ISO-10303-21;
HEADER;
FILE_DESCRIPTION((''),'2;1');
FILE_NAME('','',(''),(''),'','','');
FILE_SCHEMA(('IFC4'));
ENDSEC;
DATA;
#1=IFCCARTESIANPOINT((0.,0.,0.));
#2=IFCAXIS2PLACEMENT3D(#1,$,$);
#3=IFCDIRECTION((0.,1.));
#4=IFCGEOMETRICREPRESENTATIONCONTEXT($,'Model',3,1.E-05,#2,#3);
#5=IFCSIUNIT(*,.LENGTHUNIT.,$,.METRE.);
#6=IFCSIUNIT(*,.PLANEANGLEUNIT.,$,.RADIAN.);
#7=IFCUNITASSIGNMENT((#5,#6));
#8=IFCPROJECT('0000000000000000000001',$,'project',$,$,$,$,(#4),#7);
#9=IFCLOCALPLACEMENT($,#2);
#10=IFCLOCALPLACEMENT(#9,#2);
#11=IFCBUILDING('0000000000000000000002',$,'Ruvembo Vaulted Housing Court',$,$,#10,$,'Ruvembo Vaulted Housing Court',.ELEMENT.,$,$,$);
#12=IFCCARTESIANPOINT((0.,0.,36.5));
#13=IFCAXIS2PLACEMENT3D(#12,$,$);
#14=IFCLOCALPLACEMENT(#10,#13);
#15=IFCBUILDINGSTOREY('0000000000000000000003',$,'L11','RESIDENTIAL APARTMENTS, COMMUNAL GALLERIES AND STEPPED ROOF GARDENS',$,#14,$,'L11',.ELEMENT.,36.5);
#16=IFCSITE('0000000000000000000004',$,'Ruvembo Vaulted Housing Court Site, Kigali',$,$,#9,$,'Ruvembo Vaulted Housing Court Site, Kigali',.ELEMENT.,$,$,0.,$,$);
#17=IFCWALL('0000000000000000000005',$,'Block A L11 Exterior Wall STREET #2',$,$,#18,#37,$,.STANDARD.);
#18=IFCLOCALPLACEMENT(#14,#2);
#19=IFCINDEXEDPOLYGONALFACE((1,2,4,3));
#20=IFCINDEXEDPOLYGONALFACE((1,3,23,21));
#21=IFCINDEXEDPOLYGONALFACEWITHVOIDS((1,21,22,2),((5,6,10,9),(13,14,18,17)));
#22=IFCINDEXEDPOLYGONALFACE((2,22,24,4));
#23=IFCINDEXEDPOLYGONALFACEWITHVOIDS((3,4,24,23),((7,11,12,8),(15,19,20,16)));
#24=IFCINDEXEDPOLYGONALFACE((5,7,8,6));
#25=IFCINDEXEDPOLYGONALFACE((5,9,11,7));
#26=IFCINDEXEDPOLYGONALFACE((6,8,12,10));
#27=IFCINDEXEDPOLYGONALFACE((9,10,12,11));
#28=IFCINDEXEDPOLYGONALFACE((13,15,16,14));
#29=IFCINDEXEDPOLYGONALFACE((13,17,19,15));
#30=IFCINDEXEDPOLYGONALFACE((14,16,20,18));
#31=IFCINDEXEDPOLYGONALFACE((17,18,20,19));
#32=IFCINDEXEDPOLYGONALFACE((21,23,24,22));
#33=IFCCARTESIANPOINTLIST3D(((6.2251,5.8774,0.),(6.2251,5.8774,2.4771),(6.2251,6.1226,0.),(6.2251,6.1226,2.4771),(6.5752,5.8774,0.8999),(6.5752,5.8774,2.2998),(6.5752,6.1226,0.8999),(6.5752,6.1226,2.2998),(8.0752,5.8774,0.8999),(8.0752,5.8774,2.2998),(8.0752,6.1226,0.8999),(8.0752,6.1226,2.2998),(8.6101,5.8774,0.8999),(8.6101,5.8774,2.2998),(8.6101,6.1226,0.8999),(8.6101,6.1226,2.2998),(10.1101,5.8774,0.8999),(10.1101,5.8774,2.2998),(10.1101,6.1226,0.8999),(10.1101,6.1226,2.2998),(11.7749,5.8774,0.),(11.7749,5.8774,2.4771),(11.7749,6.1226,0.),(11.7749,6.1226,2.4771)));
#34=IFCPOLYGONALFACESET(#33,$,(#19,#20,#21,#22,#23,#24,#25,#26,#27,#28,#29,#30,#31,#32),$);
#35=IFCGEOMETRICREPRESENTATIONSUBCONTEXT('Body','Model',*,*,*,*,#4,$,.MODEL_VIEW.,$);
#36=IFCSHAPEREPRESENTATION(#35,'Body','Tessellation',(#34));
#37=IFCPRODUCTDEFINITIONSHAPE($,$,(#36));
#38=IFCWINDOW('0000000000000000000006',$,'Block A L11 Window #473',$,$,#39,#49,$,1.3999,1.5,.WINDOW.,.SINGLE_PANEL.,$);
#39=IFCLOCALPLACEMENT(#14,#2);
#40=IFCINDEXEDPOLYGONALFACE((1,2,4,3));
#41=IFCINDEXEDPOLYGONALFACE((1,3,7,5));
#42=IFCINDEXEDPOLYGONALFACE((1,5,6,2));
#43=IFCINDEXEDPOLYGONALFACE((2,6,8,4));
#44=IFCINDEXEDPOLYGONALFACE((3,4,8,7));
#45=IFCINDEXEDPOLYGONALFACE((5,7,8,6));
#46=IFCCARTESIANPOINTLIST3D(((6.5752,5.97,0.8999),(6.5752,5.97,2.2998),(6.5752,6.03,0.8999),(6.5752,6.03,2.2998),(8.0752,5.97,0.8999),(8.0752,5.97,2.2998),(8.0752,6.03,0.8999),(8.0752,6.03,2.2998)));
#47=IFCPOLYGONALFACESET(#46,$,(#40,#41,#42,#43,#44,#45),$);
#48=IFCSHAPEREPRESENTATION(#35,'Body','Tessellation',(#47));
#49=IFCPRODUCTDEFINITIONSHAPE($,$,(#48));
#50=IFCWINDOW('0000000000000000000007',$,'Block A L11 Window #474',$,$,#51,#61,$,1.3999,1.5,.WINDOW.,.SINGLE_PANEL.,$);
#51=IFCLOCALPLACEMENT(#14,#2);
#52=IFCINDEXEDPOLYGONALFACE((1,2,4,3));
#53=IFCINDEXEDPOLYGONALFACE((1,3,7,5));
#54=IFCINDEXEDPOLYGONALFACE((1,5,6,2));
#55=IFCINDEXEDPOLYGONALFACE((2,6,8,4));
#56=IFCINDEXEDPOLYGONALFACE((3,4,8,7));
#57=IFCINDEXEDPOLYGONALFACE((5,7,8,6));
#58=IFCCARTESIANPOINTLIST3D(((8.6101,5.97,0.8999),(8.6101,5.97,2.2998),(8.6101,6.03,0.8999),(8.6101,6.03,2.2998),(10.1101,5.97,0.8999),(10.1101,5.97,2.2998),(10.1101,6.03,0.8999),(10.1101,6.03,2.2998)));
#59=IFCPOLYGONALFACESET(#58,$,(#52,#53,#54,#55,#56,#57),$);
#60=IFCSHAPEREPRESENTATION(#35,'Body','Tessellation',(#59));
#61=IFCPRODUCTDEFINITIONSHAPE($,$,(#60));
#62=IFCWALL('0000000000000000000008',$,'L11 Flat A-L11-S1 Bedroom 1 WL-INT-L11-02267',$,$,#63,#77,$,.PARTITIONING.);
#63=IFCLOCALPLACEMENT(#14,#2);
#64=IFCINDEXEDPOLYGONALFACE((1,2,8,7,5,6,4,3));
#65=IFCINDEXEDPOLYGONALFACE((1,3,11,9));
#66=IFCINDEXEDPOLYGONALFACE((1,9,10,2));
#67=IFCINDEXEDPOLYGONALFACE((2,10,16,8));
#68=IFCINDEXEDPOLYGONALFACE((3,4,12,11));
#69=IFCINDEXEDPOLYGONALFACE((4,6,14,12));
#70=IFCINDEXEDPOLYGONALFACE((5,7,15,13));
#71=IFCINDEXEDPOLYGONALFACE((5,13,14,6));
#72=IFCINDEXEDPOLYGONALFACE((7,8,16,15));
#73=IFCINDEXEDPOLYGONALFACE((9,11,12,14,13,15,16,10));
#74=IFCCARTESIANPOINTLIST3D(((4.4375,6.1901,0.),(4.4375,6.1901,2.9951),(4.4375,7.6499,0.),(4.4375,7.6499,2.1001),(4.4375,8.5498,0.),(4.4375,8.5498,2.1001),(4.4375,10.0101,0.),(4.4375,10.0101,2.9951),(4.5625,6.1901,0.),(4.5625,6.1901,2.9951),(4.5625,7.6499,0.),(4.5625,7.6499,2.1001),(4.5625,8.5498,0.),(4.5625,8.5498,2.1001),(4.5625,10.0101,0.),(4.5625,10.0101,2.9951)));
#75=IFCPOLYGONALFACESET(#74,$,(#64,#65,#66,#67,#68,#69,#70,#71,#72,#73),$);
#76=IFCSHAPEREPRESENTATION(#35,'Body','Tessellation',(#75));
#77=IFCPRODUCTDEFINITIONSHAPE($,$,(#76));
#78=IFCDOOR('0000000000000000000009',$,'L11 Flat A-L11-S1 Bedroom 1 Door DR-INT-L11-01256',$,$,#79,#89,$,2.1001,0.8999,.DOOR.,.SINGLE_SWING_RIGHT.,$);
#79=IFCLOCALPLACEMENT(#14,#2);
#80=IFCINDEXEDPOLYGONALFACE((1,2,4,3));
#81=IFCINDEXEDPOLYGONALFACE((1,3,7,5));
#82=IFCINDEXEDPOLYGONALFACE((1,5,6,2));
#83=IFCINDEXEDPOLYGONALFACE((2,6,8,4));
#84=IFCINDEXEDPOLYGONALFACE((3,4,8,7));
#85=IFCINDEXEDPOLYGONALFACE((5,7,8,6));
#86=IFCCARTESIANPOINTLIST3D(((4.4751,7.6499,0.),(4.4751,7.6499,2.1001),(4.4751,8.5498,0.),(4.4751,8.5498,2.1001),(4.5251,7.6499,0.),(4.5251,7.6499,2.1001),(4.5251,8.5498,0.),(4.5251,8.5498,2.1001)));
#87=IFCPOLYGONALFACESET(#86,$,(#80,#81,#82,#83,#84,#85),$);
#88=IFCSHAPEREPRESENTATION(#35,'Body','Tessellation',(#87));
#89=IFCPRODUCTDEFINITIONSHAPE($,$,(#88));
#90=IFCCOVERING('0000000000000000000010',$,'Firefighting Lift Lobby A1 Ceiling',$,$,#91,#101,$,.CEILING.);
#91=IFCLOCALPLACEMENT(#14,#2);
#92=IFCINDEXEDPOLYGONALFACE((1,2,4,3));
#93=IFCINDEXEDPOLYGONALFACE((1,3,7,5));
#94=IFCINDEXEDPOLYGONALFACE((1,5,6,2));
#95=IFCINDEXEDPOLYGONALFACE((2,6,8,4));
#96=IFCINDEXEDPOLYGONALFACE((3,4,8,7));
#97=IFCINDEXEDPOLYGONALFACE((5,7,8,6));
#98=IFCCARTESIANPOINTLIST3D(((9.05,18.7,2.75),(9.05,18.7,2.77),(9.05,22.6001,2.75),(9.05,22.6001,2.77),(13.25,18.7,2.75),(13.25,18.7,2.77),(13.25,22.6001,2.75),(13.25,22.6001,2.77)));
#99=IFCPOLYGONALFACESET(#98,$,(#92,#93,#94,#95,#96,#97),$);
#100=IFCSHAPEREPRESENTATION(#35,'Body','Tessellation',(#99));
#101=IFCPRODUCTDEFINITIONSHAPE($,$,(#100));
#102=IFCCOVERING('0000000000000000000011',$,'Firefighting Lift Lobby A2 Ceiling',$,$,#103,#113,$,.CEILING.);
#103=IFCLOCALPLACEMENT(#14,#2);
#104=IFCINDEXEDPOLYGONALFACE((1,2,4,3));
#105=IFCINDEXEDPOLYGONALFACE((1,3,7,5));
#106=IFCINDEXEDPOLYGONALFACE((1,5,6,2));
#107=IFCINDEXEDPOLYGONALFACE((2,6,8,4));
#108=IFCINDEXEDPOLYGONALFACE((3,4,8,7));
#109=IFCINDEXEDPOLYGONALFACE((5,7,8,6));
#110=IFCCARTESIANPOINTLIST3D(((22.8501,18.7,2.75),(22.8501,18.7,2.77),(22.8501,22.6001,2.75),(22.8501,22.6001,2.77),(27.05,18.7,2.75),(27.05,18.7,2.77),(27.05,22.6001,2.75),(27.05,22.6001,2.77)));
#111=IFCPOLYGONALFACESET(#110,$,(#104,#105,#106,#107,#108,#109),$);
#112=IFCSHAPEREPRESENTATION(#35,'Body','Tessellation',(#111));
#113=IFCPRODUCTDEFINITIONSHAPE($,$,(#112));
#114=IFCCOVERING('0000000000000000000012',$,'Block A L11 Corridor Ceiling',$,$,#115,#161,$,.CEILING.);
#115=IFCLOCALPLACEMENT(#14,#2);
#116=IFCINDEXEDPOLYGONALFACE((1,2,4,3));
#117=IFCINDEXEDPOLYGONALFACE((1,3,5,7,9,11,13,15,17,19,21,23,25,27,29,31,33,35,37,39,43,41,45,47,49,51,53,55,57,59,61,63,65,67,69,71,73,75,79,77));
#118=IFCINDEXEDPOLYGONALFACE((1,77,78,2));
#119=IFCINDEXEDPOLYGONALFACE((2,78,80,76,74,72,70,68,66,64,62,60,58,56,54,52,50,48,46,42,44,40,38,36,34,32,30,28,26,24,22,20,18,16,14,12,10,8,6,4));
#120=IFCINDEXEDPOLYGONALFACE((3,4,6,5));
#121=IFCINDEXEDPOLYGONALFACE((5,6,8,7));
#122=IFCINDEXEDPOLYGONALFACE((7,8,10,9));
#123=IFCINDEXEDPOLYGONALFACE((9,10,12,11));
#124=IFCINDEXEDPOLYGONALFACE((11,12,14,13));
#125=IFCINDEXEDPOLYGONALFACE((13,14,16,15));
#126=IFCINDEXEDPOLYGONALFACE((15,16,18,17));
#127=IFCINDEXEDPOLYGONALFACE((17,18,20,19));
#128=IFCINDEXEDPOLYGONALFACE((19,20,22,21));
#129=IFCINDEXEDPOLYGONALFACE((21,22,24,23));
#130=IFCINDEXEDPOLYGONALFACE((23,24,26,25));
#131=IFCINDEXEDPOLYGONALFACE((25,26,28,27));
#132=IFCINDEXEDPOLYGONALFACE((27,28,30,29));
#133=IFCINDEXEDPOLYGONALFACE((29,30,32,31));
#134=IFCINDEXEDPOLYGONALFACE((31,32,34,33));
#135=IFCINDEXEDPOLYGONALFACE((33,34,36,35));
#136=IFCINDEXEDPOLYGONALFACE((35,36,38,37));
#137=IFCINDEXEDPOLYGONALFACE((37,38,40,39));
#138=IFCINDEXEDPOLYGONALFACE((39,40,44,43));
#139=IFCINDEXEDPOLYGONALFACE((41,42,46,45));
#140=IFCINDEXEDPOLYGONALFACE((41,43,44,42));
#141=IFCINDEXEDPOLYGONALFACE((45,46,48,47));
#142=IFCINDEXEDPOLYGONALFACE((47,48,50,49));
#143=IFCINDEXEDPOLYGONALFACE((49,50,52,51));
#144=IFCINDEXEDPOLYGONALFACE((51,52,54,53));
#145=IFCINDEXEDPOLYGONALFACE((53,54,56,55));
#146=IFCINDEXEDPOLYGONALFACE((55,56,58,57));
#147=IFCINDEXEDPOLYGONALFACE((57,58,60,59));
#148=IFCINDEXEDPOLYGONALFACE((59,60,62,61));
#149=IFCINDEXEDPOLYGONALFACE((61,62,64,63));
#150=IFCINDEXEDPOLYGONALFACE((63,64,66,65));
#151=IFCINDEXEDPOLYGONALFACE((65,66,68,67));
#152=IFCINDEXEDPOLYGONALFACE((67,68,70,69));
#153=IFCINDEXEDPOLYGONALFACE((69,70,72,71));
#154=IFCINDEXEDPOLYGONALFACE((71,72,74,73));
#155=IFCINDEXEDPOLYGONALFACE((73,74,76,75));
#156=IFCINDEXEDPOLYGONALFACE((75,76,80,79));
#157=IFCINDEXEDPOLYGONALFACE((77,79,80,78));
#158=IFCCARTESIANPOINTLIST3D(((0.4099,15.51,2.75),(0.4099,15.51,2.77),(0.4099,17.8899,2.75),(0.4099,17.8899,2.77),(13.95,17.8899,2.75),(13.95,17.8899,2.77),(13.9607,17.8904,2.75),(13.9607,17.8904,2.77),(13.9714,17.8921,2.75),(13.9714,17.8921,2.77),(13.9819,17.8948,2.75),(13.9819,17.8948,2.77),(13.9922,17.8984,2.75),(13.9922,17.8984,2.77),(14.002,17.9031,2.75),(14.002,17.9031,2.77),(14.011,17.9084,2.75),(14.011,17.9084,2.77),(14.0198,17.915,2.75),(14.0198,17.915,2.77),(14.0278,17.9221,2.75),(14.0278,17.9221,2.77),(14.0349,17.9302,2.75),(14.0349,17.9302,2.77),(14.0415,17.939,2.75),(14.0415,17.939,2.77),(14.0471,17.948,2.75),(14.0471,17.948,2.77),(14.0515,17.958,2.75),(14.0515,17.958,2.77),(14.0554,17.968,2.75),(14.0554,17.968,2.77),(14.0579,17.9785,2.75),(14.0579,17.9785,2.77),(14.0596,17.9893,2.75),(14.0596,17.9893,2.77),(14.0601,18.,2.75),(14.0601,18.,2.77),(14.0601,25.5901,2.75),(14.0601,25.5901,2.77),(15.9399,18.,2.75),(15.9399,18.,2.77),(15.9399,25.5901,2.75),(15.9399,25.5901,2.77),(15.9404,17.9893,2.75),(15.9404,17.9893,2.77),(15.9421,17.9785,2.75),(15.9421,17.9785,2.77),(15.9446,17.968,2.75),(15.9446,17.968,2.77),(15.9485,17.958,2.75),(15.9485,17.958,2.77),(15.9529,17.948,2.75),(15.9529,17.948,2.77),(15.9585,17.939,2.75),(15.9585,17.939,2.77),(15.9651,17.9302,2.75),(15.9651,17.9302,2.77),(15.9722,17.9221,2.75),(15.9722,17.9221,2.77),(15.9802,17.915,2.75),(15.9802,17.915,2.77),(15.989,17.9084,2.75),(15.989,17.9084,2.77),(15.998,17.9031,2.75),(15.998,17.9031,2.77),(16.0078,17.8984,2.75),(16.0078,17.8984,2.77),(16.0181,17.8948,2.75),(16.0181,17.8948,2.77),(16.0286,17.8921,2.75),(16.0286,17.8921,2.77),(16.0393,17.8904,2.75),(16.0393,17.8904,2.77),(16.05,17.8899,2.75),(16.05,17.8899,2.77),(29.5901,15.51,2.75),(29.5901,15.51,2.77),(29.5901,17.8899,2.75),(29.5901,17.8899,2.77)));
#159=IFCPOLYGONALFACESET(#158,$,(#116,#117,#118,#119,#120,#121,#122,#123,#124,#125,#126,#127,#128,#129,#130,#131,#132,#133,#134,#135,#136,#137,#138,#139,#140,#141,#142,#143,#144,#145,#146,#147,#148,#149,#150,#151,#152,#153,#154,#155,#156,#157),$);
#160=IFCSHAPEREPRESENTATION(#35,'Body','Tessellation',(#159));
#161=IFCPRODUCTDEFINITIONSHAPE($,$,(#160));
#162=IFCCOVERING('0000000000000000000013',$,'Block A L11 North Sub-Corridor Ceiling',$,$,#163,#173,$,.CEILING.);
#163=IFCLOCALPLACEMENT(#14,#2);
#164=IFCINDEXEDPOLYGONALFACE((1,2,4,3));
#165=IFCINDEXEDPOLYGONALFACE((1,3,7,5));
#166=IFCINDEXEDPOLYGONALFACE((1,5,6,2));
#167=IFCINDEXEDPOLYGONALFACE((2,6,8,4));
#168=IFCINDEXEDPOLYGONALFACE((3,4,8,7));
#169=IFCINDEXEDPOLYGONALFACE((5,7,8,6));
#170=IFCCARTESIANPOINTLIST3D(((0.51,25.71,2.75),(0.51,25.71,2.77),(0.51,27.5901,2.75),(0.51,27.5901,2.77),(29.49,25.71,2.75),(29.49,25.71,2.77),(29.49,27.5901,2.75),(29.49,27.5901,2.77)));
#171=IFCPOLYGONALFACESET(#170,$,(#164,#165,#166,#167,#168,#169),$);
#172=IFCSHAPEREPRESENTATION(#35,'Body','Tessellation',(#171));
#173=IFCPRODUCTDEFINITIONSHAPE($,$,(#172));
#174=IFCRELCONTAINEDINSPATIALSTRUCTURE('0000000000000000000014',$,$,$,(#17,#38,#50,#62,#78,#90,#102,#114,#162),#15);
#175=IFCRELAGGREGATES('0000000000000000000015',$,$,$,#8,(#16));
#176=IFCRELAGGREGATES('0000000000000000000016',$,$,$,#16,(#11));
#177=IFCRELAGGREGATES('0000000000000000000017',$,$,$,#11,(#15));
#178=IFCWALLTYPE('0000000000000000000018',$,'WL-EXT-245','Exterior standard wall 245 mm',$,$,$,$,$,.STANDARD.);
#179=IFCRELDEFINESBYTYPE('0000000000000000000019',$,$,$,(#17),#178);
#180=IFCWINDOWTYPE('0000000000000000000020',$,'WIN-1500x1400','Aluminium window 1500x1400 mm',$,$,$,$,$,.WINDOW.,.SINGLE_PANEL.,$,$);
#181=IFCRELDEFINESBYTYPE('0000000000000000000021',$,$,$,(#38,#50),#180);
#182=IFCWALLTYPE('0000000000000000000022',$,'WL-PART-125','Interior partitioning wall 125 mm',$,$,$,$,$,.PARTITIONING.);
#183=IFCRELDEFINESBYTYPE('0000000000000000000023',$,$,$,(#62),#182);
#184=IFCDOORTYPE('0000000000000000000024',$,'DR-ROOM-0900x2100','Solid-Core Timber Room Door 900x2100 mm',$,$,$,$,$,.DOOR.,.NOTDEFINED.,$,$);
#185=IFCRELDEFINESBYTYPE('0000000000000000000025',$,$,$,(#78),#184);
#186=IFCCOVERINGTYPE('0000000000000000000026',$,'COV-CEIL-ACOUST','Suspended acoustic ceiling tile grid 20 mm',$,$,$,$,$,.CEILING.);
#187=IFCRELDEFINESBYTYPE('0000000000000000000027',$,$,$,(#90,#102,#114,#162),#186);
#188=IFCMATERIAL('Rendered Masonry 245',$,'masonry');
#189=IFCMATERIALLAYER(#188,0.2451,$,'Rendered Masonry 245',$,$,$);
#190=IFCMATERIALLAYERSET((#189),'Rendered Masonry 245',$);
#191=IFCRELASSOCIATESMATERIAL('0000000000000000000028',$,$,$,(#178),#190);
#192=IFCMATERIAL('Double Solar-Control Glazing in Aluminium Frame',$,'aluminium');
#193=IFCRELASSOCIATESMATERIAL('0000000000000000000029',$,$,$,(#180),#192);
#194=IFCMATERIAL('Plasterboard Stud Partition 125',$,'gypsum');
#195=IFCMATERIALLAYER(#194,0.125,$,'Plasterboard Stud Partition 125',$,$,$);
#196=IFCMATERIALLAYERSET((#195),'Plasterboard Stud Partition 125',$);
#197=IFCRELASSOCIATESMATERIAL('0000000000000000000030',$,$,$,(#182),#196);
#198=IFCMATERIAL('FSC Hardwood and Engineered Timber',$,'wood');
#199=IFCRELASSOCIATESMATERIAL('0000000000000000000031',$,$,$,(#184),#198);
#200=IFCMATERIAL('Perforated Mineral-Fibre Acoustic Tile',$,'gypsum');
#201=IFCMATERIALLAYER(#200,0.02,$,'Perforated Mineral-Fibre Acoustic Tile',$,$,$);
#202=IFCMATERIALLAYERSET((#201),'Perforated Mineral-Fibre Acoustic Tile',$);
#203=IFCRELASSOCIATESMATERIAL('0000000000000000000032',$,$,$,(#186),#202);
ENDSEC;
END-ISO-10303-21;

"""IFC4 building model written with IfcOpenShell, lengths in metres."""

from ifc_helpers import new_model, si_unit, direction, frame, frame_2d, origin, place, context, subcontext, project, spatial, polyline, rectangle, outline, extrude, material, layer, layer_set, type_object, element, fill, save


model = new_model("IFC4")

# Units and contexts
model_context = context("Model", 3, precision=1e-05, world=origin(), true_north=direction((0.0, 1.0)))
body_context = subcontext(model_context, "Body", "Model", "MODEL_VIEW")
ifc_project = project(units=[si_unit("LENGTHUNIT", "METRE"), si_unit("PLANEANGLEUNIT", "RADIAN")], contexts=[model_context])

# Site, building, storey
site_placement = place(None, origin())
site = spatial("IfcSite", under=ifc_project, at=site_placement, Name="Ruvembo Vaulted Housing Court Site, Kigali", LongName="Ruvembo Vaulted Housing Court Site, Kigali", CompositionType="ELEMENT", RefElevation=0.0)
building_placement = place(site_placement, origin())
building = spatial("IfcBuilding", under=site, at=building_placement, Name="Ruvembo Vaulted Housing Court", LongName="Ruvembo Vaulted Housing Court", CompositionType="ELEMENT")
storey_placement = place(building_placement, frame((0.0, 0.0, 36.5)))
storey = spatial("IfcBuildingStorey", under=building, at=storey_placement, Name="L11", Description="RESIDENTIAL APARTMENTS, COMMUNAL GALLERIES AND STEPPED ROOF GARDENS", LongName="L11", CompositionType="ELEMENT", Elevation=36.5)

# Wall, openings, windows
ifc_material_1 = material(Name="Rendered Masonry 245", Category="masonry")
ifc_layer_1 = layer(ifc_material_1, 0.2451, Name="Rendered Masonry 245")
ifc_layer_set_1 = layer_set([ifc_layer_1], Name="Rendered Masonry 245")
wall_type_1 = type_object("IfcWallType", Name="WL-EXT-245", Description="Exterior standard wall 245 mm", PredefinedType="STANDARD", material=ifc_layer_set_1)
ifc_material_2 = material(Name="Double Solar-Control Glazing in Aluminium Frame", Category="aluminium")
wall_1_placement = place(storey_placement, frame((6.2251, 6.0, 0.0), z_axis=(0.0, 0.0, 1.0), x_axis=(1.0, 0.0, 0.0)))
wall_1 = element("IfcWall", 1, at=wall_1_placement, inside=storey, type_object=wall_type_1, Name="Block A L11 Exterior Wall STREET #2", PredefinedType="STANDARD", context=body_context, shape_type="SweptSolid", body=[
    extrude(rectangle(XDim=5.5498, YDim=0.2451, at=frame_2d((2.7749, 0.0))), origin(), (0.0, 0.0, 1.0), 2.4771),
])
opening_1_placement = place(wall_1_placement, frame((0.3501, 0.0, 0.8999)))
opening_1 = element("IfcOpeningElement", 2, at=opening_1_placement, cuts=wall_1, PredefinedType="OPENING", context=body_context, shape_type="SweptSolid", body=[
    extrude(rectangle(XDim=1.5, YDim=1.3999, at=frame_2d((0.75, 0.7))), frame((0.0, 0.1326, 0.0), z_axis=(0.0, -1.0, 0.0), x_axis=(1.0, 0.0, 0.0)), (0.0, 0.0, 1.0), 0.2651),
])
opening_2_placement = place(wall_1_placement, frame((2.385, 0.0, 0.8999)))
opening_2 = element("IfcOpeningElement", 3, at=opening_2_placement, cuts=wall_1, PredefinedType="OPENING", context=body_context, shape_type="SweptSolid", body=[
    extrude(rectangle(XDim=1.5, YDim=1.3999, at=frame_2d((0.75, 0.7))), frame((0.0, 0.1326, 0.0), z_axis=(0.0, -1.0, 0.0), x_axis=(1.0, 0.0, 0.0)), (0.0, 0.0, 1.0), 0.2651),
])
window_type_1 = type_object("IfcWindowType", Name="WIN-1500x1400", Description="Aluminium window 1500x1400 mm", PartitioningType="SINGLE_PANEL", PredefinedType="WINDOW", material=ifc_material_2)
window_1_placement = place(opening_1_placement, origin())
window_1 = element("IfcWindow", 4, at=window_1_placement, inside=storey, type_object=window_type_1, Name="Block A L11 Window #473", OverallHeight=1.3999, OverallWidth=1.5, PartitioningType="SINGLE_PANEL", PredefinedType="WINDOW", context=body_context, shape_type="SweptSolid", body=[
    extrude(rectangle(XDim=1.5, YDim=1.3999, at=frame_2d((0.75, 0.7))), frame((0.0, 0.03, 0.0), z_axis=(0.0, -1.0, 0.0), x_axis=(1.0, 0.0, 0.0)), (0.0, 0.0, 1.0), 0.0601),
])
fill(opening_1, window_1)
window_2_placement = place(opening_2_placement, origin())
window_2 = element("IfcWindow", 5, at=window_2_placement, inside=storey, type_object=window_type_1, Name="Block A L11 Window #474", OverallHeight=1.3999, OverallWidth=1.5, PartitioningType="SINGLE_PANEL", PredefinedType="WINDOW", context=body_context, shape_type="SweptSolid", body=[
    extrude(rectangle(XDim=1.5, YDim=1.3999, at=frame_2d((0.75, 0.7))), frame((0.0, 0.03, 0.0), z_axis=(0.0, -1.0, 0.0), x_axis=(1.0, 0.0, 0.0)), (0.0, 0.0, 1.0), 0.0601),
])
fill(opening_2, window_2)

# Wall, opening, door
ifc_material_3 = material(Name="Plasterboard Stud Partition 125", Category="gypsum")
ifc_layer_2 = layer(ifc_material_3, 0.125, Name="Plasterboard Stud Partition 125")
ifc_layer_set_2 = layer_set([ifc_layer_2], Name="Plasterboard Stud Partition 125")
wall_type_2 = type_object("IfcWallType", Name="WL-PART-125", Description="Interior partitioning wall 125 mm", PredefinedType="PARTITIONING", material=ifc_layer_set_2)
wall_2_placement = place(storey_placement, frame((4.5, 6.1899, 0.0), z_axis=(0.0, 0.0, 1.0), x_axis=(0.0, 1.0, 0.0)))
wall_2 = element("IfcWall", 6, at=wall_2_placement, inside=storey, type_object=wall_type_2, Name="L11 Flat A-L11-S1 Bedroom 1 WL-INT-L11-02267", PredefinedType="PARTITIONING", context=body_context, shape_type="SweptSolid", body=[
    extrude(rectangle(XDim=3.8201, YDim=0.125, at=frame_2d((1.9102, 0.0))), origin(), (0.0, 0.0, 1.0), 2.9951),
])
opening_3_placement = place(wall_2_placement, frame((1.46, 0.0, 0.0)))
opening_3 = element("IfcOpeningElement", 7, at=opening_3_placement, cuts=wall_2, PredefinedType="OPENING", context=body_context, shape_type="SweptSolid", body=[
    extrude(rectangle(XDim=0.8999, YDim=2.1001, at=frame_2d((0.45, 1.05))), frame((0.0, 0.0725, 0.0), z_axis=(0.0, -1.0, 0.0), x_axis=(1.0, 0.0, 0.0)), (0.0, 0.0, 1.0), 0.145),
])
ifc_material_4 = material(Name="FSC Hardwood and Engineered Timber", Category="wood")
door_type = type_object("IfcDoorType", Name="DR-ROOM-0900x2100", Description="Solid-Core Timber Room Door 900x2100 mm", OperationType="NOTDEFINED", PredefinedType="DOOR", material=ifc_material_4)
door_placement = place(opening_3_placement, origin())
door = element("IfcDoor", 8, at=door_placement, inside=storey, type_object=door_type, Name="L11 Flat A-L11-S1 Bedroom 1 Door DR-INT-L11-01256", OperationType="SINGLE_SWING_RIGHT", OverallHeight=2.1001, OverallWidth=0.8999, PredefinedType="DOOR", context=body_context, shape_type="SweptSolid", body=[
    extrude(rectangle(XDim=0.8999, YDim=2.1001, at=frame_2d((0.45, 1.05))), frame((0.0, 0.0249, 0.0), z_axis=(0.0, -1.0, 0.0), x_axis=(1.0, 0.0, 0.0)), (0.0, 0.0, 1.0), 0.05),
])
fill(opening_3, door)

# Coverings
ifc_material_5 = material(Name="Perforated Mineral-Fibre Acoustic Tile", Category="gypsum")
ifc_layer_3 = layer(ifc_material_5, 0.02, Name="Perforated Mineral-Fibre Acoustic Tile")
ifc_layer_set_3 = layer_set([ifc_layer_3], Name="Perforated Mineral-Fibre Acoustic Tile")
covering_type_1 = type_object("IfcCoveringType", Name="COV-CEIL-ACOUST", Description="Suspended acoustic ceiling tile grid 20 mm", PredefinedType="CEILING", material=ifc_layer_set_3)
covering_1_placement = place(storey_placement, frame((0.0, 0.0, 2.75)))
element("IfcCovering", 9, at=covering_1_placement, inside=storey, type_object=covering_type_1, Name="Firefighting Lift Lobby A1 Ceiling", PredefinedType="CEILING", context=body_context, shape_type="SweptSolid", body=[
    extrude(outline(polyline([(13.25, 22.6001), (9.05, 22.6001), (9.05, 18.7), (13.25, 18.7), (13.25, 22.6001)])), origin(), (0.0, 0.0, 1.0), 0.02),
])
covering_2_placement = place(storey_placement, frame((0.0, 0.0, 2.75)))
element("IfcCovering", 10, at=covering_2_placement, inside=storey, type_object=covering_type_1, Name="Firefighting Lift Lobby A2 Ceiling", PredefinedType="CEILING", context=body_context, shape_type="SweptSolid", body=[
    extrude(outline(polyline([(27.05, 22.6001), (22.8501, 22.6001), (22.8501, 18.7), (27.05, 18.7), (27.05, 22.6001)])), origin(), (0.0, 0.0, 1.0), 0.02),
])
covering_3_placement = place(storey_placement, frame((0.0, 0.0, 2.75)))
element("IfcCovering", 11, at=covering_3_placement, inside=storey, type_object=covering_type_1, Name="Block A L11 Corridor Ceiling", PredefinedType="CEILING", context=body_context, shape_type="SweptSolid", body=[
    extrude(outline(polyline([(29.5901, 15.51), (29.5901, 17.8899), (16.05, 17.8899), (16.0393, 17.8904), (16.0286, 17.8921), (16.0181, 17.8948), (16.0078, 17.8984), (15.998, 17.9031), (15.989, 17.9084), (15.9802, 17.915), (15.9722, 17.9221), (15.9651, 17.9302), (15.9585, 17.939), (15.9529, 17.948), (15.9485, 17.958), (15.9446, 17.968), (15.9421, 17.9785), (15.9404, 17.9893), (15.9399, 18.0), (15.9399, 25.5901), (14.0601, 25.5901), (14.0601, 18.0), (14.0596, 17.9893), (14.0579, 17.9785), (14.0554, 17.968), (14.0515, 17.958), (14.0471, 17.948), (14.0415, 17.939), (14.0349, 17.9302), (14.0278, 17.9221), (14.0198, 17.915), (14.011, 17.9084), (14.002, 17.9031), (13.9922, 17.8984), (13.9819, 17.8948), (13.9714, 17.8921), (13.9607, 17.8904), (13.95, 17.8899), (0.4099, 17.8899), (0.4099, 15.51), (29.5901, 15.51)])), origin(), (0.0, 0.0, 1.0), 0.02),
])
covering_4_placement = place(storey_placement, frame((0.0, 0.0, 2.75)))
element("IfcCovering", 12, at=covering_4_placement, inside=storey, type_object=covering_type_1, Name="Block A L11 North Sub-Corridor Ceiling", PredefinedType="CEILING", context=body_context, shape_type="SweptSolid", body=[
    extrude(outline(polyline([(0.51, 25.71), (29.49, 25.71), (29.49, 27.5901), (0.51, 27.5901), (0.51, 25.71)])), origin(), (0.0, 0.0, 1.0), 0.02),
])

save(model, "model.ifc")
